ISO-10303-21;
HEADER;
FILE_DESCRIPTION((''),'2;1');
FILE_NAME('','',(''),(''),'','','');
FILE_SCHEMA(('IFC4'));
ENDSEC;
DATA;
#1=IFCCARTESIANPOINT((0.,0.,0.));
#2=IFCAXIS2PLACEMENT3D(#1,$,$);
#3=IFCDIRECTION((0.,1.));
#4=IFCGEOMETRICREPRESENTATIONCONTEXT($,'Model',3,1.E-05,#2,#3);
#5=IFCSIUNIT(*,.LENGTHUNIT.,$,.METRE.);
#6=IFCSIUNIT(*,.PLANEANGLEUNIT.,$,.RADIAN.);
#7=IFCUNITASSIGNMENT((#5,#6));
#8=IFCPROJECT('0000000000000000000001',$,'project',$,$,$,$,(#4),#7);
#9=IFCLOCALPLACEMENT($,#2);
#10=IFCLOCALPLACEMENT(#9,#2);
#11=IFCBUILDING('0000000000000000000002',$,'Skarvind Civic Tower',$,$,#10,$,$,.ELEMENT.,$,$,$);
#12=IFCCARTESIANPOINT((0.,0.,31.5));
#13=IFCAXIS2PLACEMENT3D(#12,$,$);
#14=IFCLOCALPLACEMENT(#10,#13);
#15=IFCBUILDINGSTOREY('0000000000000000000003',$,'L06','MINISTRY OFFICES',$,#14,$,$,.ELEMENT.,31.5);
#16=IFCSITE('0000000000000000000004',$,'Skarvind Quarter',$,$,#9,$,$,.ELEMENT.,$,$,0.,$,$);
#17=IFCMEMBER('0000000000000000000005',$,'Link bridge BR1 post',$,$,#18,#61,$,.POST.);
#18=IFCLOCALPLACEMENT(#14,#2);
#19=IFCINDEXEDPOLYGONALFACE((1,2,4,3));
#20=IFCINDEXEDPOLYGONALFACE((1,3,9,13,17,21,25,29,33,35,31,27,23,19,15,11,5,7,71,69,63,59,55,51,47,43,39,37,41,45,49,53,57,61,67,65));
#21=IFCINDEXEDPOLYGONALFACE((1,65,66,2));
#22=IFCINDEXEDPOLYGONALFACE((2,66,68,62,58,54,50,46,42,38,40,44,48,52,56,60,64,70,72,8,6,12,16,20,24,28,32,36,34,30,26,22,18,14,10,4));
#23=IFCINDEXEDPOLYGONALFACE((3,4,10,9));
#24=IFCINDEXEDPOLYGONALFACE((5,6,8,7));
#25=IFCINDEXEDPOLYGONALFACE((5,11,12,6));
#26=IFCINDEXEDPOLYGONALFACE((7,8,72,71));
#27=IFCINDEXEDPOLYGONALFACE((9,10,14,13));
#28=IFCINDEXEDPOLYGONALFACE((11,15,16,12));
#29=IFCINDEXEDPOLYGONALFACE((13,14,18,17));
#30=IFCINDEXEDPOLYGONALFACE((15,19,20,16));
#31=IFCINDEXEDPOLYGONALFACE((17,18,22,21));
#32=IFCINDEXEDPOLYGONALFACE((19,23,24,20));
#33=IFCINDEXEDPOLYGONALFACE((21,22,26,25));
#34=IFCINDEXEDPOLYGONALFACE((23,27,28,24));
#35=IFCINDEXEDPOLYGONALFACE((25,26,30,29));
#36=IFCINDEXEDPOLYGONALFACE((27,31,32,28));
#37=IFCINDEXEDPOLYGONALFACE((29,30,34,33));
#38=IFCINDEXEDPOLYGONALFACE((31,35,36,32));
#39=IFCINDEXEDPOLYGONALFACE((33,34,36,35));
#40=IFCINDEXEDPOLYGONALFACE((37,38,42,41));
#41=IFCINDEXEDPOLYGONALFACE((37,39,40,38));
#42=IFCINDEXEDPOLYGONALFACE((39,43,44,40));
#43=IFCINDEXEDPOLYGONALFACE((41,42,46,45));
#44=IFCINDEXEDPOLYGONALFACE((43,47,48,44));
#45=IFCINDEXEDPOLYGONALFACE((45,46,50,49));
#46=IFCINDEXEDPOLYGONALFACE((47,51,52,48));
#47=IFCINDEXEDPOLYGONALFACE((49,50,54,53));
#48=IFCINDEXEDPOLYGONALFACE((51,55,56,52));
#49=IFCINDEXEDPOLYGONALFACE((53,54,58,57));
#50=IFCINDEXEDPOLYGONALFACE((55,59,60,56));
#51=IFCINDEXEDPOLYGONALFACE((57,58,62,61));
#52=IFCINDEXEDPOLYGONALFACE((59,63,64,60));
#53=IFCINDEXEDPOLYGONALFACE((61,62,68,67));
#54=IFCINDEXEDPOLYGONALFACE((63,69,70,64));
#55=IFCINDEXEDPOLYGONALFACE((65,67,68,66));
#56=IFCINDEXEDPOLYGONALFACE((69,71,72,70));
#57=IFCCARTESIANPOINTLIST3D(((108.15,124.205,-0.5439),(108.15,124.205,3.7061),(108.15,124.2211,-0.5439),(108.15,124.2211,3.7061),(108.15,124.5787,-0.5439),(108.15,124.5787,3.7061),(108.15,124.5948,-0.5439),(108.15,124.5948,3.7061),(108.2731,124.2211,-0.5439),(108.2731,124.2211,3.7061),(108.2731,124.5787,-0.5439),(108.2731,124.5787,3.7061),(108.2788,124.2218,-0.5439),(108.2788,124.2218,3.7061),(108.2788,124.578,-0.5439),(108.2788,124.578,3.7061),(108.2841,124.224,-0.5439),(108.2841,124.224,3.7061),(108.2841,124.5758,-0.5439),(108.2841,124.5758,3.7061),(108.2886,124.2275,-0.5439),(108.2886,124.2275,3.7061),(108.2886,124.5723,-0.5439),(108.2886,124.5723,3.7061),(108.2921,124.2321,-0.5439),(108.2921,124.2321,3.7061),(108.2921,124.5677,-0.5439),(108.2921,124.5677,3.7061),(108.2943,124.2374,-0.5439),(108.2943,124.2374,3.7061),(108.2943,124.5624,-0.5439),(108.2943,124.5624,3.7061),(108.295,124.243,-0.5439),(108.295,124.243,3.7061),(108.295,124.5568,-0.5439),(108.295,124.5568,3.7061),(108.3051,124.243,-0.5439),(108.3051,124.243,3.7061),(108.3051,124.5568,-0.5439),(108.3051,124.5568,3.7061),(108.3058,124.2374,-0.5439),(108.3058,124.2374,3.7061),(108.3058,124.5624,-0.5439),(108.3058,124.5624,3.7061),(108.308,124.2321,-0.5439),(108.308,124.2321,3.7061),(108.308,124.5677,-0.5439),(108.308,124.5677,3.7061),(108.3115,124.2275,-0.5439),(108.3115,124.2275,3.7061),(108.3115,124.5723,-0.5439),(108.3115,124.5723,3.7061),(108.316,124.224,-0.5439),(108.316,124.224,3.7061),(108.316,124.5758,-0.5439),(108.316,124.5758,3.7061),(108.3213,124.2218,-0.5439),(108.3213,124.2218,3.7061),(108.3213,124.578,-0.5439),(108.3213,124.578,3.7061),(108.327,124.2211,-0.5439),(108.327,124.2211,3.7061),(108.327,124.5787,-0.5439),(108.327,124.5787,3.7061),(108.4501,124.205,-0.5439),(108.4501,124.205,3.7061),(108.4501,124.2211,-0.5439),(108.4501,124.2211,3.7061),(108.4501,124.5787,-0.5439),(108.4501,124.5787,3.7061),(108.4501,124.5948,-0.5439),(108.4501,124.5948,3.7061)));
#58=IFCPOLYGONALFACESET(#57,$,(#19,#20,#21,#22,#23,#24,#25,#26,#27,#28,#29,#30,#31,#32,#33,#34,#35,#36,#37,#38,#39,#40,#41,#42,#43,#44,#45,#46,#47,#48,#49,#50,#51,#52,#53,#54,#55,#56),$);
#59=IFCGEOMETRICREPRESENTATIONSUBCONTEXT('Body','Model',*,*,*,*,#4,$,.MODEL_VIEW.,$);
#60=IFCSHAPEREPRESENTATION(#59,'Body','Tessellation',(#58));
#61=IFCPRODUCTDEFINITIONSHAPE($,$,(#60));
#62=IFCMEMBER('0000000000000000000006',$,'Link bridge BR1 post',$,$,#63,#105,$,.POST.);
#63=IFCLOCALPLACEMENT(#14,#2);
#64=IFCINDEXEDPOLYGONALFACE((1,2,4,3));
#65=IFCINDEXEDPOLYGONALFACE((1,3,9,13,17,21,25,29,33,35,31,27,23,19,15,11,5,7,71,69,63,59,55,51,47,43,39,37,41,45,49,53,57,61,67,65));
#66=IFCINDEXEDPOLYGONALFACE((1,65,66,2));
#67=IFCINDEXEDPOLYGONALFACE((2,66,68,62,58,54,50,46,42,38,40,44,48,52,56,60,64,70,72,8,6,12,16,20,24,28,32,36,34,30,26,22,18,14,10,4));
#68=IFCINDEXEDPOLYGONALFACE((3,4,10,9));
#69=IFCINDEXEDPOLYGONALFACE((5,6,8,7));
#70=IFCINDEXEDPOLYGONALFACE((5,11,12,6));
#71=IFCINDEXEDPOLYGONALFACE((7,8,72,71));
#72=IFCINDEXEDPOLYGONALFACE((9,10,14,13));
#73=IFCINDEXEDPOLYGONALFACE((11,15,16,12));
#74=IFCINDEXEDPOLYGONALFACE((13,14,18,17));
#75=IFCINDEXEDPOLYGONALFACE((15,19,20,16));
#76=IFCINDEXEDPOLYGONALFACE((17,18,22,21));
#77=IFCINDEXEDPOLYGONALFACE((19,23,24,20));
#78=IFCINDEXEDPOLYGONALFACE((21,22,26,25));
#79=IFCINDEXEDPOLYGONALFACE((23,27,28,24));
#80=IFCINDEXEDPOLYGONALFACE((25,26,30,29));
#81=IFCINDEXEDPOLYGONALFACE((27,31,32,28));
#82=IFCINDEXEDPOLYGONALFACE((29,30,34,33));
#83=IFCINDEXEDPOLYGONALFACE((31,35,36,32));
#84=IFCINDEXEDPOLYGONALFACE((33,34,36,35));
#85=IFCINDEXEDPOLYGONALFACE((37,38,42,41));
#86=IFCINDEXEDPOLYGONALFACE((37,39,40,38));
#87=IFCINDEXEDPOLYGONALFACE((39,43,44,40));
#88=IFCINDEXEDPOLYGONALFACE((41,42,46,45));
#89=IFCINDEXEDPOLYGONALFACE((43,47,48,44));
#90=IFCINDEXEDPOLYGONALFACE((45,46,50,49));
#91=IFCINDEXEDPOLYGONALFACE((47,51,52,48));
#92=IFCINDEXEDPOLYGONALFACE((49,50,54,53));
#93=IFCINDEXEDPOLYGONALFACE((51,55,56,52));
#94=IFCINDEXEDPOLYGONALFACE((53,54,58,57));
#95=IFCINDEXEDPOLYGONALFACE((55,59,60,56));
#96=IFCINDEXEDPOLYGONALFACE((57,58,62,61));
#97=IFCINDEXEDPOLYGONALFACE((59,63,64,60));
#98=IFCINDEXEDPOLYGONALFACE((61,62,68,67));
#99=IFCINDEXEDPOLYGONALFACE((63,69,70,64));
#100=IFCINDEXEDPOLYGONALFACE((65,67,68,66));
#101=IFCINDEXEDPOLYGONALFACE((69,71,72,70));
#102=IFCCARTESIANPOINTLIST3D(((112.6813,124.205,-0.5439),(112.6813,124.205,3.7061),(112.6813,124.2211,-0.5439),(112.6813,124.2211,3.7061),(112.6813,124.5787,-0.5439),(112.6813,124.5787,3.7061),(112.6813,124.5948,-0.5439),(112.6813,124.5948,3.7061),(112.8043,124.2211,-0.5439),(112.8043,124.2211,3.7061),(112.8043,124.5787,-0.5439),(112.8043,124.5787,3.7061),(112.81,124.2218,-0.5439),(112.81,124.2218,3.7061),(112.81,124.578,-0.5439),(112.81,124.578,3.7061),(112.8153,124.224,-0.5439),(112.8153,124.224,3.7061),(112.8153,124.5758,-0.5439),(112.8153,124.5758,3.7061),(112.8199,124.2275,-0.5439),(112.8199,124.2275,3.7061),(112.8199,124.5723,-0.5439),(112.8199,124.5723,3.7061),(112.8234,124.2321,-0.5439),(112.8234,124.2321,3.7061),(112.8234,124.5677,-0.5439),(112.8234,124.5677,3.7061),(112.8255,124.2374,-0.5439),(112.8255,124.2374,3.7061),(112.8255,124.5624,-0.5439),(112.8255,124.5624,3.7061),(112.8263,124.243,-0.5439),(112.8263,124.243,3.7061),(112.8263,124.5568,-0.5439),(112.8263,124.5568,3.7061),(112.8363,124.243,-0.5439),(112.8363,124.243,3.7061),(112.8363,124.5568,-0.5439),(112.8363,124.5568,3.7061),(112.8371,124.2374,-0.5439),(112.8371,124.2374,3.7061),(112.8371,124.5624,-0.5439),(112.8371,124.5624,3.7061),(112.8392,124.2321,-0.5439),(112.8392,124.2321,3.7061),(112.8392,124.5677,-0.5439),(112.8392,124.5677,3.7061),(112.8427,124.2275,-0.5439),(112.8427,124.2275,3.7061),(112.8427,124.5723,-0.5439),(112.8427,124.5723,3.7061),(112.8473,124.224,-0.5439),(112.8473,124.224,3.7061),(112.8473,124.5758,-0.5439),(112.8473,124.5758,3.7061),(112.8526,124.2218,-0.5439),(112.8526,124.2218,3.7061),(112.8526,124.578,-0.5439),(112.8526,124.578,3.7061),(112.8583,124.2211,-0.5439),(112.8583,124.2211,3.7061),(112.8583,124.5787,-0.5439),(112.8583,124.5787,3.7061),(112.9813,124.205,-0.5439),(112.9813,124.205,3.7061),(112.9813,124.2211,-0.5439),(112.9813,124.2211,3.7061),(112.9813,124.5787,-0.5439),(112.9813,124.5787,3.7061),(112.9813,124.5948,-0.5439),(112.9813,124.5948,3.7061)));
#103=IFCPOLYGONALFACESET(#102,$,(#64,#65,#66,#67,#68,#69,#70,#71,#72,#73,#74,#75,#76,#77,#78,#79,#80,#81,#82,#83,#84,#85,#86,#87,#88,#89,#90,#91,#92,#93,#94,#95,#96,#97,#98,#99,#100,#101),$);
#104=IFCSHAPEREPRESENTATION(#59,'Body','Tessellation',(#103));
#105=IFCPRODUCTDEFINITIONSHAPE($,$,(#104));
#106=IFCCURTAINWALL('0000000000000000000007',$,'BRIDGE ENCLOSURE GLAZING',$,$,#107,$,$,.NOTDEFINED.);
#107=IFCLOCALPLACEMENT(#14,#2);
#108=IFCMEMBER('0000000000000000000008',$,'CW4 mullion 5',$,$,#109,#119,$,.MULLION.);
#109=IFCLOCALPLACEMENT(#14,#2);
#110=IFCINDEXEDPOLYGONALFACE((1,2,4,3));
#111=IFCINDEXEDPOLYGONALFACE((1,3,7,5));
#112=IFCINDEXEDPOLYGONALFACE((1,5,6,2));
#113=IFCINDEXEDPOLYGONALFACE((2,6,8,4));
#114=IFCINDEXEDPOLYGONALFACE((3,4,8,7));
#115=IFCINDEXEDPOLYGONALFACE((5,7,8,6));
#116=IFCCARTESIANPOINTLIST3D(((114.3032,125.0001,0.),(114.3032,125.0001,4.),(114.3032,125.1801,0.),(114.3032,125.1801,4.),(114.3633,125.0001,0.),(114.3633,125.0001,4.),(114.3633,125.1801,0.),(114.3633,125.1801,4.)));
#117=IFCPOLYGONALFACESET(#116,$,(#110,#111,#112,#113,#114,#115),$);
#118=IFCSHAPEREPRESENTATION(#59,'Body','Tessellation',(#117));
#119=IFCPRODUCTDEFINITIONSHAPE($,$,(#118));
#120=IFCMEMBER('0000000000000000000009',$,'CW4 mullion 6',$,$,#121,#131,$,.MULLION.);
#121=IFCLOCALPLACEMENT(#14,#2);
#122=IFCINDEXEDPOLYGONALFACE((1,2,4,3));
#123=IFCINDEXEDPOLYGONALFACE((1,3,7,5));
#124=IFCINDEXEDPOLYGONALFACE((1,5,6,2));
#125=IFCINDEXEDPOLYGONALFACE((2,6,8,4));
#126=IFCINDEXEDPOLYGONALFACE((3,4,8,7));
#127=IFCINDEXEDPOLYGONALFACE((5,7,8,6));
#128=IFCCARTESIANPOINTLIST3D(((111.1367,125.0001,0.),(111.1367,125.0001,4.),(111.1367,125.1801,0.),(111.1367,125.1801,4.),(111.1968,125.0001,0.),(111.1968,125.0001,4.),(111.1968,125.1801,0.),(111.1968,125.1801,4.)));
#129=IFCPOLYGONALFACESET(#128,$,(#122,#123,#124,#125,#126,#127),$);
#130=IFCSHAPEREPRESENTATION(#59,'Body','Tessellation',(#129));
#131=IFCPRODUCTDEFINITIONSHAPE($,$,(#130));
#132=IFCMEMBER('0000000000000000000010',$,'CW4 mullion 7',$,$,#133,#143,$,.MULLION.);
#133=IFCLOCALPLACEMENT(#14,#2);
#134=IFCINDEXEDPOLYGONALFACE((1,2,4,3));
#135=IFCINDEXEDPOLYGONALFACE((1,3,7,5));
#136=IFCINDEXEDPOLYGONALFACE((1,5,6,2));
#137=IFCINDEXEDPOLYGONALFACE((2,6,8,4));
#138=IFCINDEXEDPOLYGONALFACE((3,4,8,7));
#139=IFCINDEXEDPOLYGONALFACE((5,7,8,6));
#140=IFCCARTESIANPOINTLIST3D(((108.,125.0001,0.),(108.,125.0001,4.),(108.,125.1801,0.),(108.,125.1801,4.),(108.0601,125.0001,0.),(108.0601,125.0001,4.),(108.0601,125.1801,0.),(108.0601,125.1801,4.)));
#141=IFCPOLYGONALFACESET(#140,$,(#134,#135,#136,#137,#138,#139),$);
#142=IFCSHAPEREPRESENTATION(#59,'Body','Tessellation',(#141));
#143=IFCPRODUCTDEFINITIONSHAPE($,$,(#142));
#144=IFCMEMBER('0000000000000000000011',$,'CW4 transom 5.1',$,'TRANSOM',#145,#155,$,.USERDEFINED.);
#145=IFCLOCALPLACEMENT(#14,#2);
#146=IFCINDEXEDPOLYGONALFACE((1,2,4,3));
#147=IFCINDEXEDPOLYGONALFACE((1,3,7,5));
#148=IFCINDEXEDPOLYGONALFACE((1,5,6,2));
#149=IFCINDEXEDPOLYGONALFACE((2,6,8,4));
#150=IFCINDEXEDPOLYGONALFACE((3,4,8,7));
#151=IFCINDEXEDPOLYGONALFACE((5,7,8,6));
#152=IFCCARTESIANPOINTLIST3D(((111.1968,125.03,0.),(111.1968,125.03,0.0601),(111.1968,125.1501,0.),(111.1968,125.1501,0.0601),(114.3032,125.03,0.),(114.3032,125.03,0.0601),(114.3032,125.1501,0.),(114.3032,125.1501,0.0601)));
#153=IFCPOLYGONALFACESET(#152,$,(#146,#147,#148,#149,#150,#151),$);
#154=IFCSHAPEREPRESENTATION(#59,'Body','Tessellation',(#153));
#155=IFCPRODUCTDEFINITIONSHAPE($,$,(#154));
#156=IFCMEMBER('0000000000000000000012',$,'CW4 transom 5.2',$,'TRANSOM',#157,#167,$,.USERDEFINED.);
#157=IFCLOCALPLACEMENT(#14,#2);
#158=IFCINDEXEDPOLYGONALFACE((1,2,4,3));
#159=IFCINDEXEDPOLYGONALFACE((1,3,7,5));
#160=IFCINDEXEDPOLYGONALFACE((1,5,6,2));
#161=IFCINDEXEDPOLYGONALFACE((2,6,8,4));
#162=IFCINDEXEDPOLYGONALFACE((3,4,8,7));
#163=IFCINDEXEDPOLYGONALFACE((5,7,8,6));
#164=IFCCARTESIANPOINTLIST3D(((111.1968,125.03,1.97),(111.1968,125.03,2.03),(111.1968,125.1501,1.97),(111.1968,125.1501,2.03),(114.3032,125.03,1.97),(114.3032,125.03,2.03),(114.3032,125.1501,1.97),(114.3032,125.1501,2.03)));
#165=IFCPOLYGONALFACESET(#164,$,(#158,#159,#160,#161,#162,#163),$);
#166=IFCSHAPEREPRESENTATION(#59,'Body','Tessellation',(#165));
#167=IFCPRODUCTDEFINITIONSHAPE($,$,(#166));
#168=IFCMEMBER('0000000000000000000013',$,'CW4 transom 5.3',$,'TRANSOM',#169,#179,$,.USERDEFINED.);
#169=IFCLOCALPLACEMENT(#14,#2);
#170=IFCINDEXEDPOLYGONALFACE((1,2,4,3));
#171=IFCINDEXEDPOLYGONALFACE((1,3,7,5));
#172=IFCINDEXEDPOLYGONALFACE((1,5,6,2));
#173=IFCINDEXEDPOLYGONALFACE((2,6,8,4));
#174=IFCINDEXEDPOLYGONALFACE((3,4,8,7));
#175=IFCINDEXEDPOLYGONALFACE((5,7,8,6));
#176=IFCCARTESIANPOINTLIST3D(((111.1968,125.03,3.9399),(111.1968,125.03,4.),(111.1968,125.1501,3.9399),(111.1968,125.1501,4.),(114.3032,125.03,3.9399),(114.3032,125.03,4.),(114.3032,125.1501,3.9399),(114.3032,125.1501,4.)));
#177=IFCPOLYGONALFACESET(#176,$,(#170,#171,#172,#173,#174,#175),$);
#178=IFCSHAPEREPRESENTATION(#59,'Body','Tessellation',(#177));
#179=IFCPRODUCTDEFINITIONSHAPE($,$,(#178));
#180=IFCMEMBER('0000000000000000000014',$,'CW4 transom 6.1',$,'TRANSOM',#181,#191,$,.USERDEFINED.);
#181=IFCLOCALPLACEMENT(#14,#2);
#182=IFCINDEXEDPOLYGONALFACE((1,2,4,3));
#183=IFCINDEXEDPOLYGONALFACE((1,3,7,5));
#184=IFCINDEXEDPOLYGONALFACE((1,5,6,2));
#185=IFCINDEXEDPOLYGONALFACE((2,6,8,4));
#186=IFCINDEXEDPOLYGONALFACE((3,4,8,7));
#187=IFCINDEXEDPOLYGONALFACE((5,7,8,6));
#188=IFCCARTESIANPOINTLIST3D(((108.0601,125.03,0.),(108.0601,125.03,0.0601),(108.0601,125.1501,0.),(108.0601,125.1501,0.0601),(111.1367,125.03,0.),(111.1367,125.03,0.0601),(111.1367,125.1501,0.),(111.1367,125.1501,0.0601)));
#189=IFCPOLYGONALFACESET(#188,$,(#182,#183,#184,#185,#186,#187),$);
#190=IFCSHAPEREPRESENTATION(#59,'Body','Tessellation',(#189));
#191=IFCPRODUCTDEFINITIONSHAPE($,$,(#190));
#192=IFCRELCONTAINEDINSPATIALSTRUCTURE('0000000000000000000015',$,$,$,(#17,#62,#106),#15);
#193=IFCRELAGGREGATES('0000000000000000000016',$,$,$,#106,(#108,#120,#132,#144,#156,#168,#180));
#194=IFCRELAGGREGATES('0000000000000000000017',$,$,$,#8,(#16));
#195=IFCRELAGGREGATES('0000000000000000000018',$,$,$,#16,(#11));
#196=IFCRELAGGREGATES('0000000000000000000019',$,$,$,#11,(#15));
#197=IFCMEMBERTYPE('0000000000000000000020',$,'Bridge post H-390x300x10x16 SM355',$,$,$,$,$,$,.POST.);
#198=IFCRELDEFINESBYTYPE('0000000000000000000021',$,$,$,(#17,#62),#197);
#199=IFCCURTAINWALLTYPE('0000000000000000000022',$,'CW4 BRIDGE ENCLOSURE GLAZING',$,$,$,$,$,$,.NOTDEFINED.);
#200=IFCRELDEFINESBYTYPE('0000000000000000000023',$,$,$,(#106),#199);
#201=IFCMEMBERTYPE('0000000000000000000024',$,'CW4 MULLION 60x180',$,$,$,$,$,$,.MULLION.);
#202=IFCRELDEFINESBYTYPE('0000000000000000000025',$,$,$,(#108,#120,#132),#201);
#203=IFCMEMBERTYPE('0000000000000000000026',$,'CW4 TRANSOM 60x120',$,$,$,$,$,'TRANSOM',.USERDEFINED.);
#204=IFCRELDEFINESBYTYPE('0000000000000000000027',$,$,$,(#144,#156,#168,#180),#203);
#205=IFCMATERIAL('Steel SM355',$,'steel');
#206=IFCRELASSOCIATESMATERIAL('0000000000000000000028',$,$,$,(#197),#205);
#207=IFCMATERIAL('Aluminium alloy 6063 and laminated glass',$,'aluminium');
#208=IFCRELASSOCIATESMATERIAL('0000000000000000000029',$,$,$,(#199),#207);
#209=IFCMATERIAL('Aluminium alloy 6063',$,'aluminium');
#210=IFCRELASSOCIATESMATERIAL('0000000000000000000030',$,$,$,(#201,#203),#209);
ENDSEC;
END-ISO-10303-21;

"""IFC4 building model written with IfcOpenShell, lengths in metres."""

from ifc_helpers import new_model, si_unit, direction, frame, origin, origin_2d, place, context, subcontext, project, spatial, rectangle, i_section, extrude, material, material_profile, profile_set, type_object, element, aggregate, save


model = new_model("IFC4")

# Units and contexts
model_context = context("Model", 3, precision=1e-05, world=origin(), true_north=direction((0.0, 1.0)))
body_context = subcontext(model_context, "Body", "Model", "MODEL_VIEW")
ifc_project = project(units=[si_unit("LENGTHUNIT", "METRE"), si_unit("PLANEANGLEUNIT", "RADIAN")], contexts=[model_context])

# Site, building, storey
site_placement = place(None, origin())
site = spatial("IfcSite", under=ifc_project, at=site_placement, Name="Skarvind Quarter", CompositionType="ELEMENT", RefElevation=0.0)
building_placement = place(site_placement, origin())
building = spatial("IfcBuilding", under=site, at=building_placement, Name="Skarvind Civic Tower", CompositionType="ELEMENT")
storey_placement = place(building_placement, frame((0.0, 0.0, 31.5)))
storey = spatial("IfcBuildingStorey", under=building, at=storey_placement, Name="L06", Description="MINISTRY OFFICES", CompositionType="ELEMENT", Elevation=31.5)

# Members
ifc_material_1 = material(Name="Steel SM355", Category="steel")
ifc_material_profile_1 = material_profile(ifc_material_1, i_section(OverallWidth=0.3, OverallDepth=0.3899, WebThickness=0.01, FlangeThickness=0.0161, FilletRadius=0.022, at=origin_2d()), Name="H-390x300x10x16")
ifc_profile_set_1 = profile_set([ifc_material_profile_1], Name="Steel SM355")
member_type_1 = type_object("IfcMemberType", Name="Bridge post H-390x300x10x16 SM355", PredefinedType="POST", material=ifc_profile_set_1)
for number, where, z_axis, x_axis, name in (
    (1, (108.3, 124.3999, -0.5439), (0.0, 0.0, 1.0), (1.0, 0.0, 0.0), "Link bridge BR1 post"),
    (2, (112.8313, 124.3999, -0.5439), (0.0, 0.0, 1.0), (1.0, 0.0, 0.0), "Link bridge BR1 post"),
):
    element("IfcMember", number, at=place(storey_placement, frame(where, z_axis=z_axis, x_axis=x_axis)), inside=storey, type_object=member_type_1, Name=name, PredefinedType="POST", context=body_context, shape_type="SweptSolid", body=[
        extrude(i_section(OverallWidth=0.3, OverallDepth=0.3899, WebThickness=0.01, FlangeThickness=0.0161, FilletRadius=0.022, at=origin_2d()), origin(), (0.0, 0.0, 1.0), 4.25),
    ])

# Curtain wall, members
ifc_material_2 = material(Name="Aluminium alloy 6063 and laminated glass", Category="aluminium")
curtain_wall_type = type_object("IfcCurtainWallType", Name="CW4 BRIDGE ENCLOSURE GLAZING", PredefinedType="NOTDEFINED", material=ifc_material_2)
curtain_wall_placement = place(storey_placement, origin())
curtain_wall = element("IfcCurtainWall", 3, at=curtain_wall_placement, inside=storey, type_object=curtain_wall_type, Name="BRIDGE ENCLOSURE GLAZING", PredefinedType="NOTDEFINED")
ifc_material_3 = material(Name="Aluminium alloy 6063", Category="aluminium")
ifc_material_profile_2 = material_profile(ifc_material_3, rectangle(XDim=0.1799, YDim=0.0601, at=origin_2d()), Name="AL 60x180")
ifc_profile_set_2 = profile_set([ifc_material_profile_2], Name="Aluminium alloy 6063")
member_type_2 = type_object("IfcMemberType", Name="CW4 MULLION 60x180", PredefinedType="MULLION", material=ifc_profile_set_2)
member_1_placement = place(storey_placement, frame((114.3333, 125.0901, 0.0), z_axis=(0.0, 0.0, 1.0), x_axis=(0.0, -1.0, 0.0)))
member_1 = element("IfcMember", 4, at=member_1_placement, type_object=member_type_2, Name="CW4 mullion 5", PredefinedType="MULLION", context=body_context, shape_type="SweptSolid", body=[
    extrude(rectangle(XDim=0.1799, YDim=0.0601, at=origin_2d()), origin(), (0.0, 0.0, 1.0), 4.0),
])
member_2_placement = place(storey_placement, frame((111.1667, 125.0901, 0.0), z_axis=(0.0, 0.0, 1.0), x_axis=(0.0, -1.0, 0.0)))
member_2 = element("IfcMember", 5, at=member_2_placement, type_object=member_type_2, Name="CW4 mullion 6", PredefinedType="MULLION", context=body_context, shape_type="SweptSolid", body=[
    extrude(rectangle(XDim=0.1799, YDim=0.0601, at=origin_2d()), origin(), (0.0, 0.0, 1.0), 4.0),
])
member_3_placement = place(storey_placement, frame((108.03, 125.0901, 0.0), z_axis=(0.0, 0.0, 1.0), x_axis=(0.0, -1.0, 0.0)))
member_3 = element("IfcMember", 6, at=member_3_placement, type_object=member_type_2, Name="CW4 mullion 7", PredefinedType="MULLION", context=body_context, shape_type="SweptSolid", body=[
    extrude(rectangle(XDim=0.1799, YDim=0.0601, at=origin_2d()), origin(), (0.0, 0.0, 1.0), 4.0),
])
ifc_material_profile_3 = material_profile(ifc_material_3, rectangle(XDim=0.1201, YDim=0.0601, at=origin_2d()), Name="AL 60x120")
ifc_profile_set_3 = profile_set([ifc_material_profile_3], Name="Aluminium alloy 6063")
member_type_3 = type_object("IfcMemberType", Name="CW4 TRANSOM 60x120", ElementType="TRANSOM", PredefinedType="USERDEFINED", material=ifc_profile_set_3)
member_4_placement = place(storey_placement, frame((114.3032, 125.0901, 0.03), z_axis=(-1.0, 0.0, 0.0), x_axis=(0.0, -1.0, 0.0)))
member_4 = element("IfcMember", 7, at=member_4_placement, type_object=member_type_3, Name="CW4 transom 5.1", ObjectType="TRANSOM", PredefinedType="USERDEFINED", context=body_context, shape_type="SweptSolid", body=[
    extrude(rectangle(XDim=0.1201, YDim=0.0601, at=origin_2d()), origin(), (0.0, 0.0, 1.0), 3.1064),
])
member_5_placement = place(storey_placement, frame((114.3032, 125.0901, 2.0), z_axis=(-1.0, 0.0, 0.0), x_axis=(0.0, -1.0, 0.0)))
member_5 = element("IfcMember", 8, at=member_5_placement, type_object=member_type_3, Name="CW4 transom 5.2", ObjectType="TRANSOM", PredefinedType="USERDEFINED", context=body_context, shape_type="SweptSolid", body=[
    extrude(rectangle(XDim=0.1201, YDim=0.0601, at=origin_2d()), origin(), (0.0, 0.0, 1.0), 3.1064),
])
member_6_placement = place(storey_placement, frame((114.3032, 125.0901, 3.97), z_axis=(-1.0, 0.0, 0.0), x_axis=(0.0, -1.0, 0.0)))
member_6 = element("IfcMember", 9, at=member_6_placement, type_object=member_type_3, Name="CW4 transom 5.3", ObjectType="TRANSOM", PredefinedType="USERDEFINED", context=body_context, shape_type="SweptSolid", body=[
    extrude(rectangle(XDim=0.1201, YDim=0.0601, at=origin_2d()), origin(), (0.0, 0.0, 1.0), 3.1064),
])
member_7_placement = place(storey_placement, frame((111.1367, 125.0901, 0.03), z_axis=(-1.0, 0.0, 0.0), x_axis=(0.0, -1.0, 0.0)))
member_7 = element("IfcMember", 10, at=member_7_placement, type_object=member_type_3, Name="CW4 transom 6.1", ObjectType="TRANSOM", PredefinedType="USERDEFINED", context=body_context, shape_type="SweptSolid", body=[
    extrude(rectangle(XDim=0.1201, YDim=0.0601, at=origin_2d()), origin(), (0.0, 0.0, 1.0), 3.0767),
])
aggregate(curtain_wall, [member_1, member_2, member_3, member_4, member_5, member_6, member_7])

save(model, "model.ifc")
